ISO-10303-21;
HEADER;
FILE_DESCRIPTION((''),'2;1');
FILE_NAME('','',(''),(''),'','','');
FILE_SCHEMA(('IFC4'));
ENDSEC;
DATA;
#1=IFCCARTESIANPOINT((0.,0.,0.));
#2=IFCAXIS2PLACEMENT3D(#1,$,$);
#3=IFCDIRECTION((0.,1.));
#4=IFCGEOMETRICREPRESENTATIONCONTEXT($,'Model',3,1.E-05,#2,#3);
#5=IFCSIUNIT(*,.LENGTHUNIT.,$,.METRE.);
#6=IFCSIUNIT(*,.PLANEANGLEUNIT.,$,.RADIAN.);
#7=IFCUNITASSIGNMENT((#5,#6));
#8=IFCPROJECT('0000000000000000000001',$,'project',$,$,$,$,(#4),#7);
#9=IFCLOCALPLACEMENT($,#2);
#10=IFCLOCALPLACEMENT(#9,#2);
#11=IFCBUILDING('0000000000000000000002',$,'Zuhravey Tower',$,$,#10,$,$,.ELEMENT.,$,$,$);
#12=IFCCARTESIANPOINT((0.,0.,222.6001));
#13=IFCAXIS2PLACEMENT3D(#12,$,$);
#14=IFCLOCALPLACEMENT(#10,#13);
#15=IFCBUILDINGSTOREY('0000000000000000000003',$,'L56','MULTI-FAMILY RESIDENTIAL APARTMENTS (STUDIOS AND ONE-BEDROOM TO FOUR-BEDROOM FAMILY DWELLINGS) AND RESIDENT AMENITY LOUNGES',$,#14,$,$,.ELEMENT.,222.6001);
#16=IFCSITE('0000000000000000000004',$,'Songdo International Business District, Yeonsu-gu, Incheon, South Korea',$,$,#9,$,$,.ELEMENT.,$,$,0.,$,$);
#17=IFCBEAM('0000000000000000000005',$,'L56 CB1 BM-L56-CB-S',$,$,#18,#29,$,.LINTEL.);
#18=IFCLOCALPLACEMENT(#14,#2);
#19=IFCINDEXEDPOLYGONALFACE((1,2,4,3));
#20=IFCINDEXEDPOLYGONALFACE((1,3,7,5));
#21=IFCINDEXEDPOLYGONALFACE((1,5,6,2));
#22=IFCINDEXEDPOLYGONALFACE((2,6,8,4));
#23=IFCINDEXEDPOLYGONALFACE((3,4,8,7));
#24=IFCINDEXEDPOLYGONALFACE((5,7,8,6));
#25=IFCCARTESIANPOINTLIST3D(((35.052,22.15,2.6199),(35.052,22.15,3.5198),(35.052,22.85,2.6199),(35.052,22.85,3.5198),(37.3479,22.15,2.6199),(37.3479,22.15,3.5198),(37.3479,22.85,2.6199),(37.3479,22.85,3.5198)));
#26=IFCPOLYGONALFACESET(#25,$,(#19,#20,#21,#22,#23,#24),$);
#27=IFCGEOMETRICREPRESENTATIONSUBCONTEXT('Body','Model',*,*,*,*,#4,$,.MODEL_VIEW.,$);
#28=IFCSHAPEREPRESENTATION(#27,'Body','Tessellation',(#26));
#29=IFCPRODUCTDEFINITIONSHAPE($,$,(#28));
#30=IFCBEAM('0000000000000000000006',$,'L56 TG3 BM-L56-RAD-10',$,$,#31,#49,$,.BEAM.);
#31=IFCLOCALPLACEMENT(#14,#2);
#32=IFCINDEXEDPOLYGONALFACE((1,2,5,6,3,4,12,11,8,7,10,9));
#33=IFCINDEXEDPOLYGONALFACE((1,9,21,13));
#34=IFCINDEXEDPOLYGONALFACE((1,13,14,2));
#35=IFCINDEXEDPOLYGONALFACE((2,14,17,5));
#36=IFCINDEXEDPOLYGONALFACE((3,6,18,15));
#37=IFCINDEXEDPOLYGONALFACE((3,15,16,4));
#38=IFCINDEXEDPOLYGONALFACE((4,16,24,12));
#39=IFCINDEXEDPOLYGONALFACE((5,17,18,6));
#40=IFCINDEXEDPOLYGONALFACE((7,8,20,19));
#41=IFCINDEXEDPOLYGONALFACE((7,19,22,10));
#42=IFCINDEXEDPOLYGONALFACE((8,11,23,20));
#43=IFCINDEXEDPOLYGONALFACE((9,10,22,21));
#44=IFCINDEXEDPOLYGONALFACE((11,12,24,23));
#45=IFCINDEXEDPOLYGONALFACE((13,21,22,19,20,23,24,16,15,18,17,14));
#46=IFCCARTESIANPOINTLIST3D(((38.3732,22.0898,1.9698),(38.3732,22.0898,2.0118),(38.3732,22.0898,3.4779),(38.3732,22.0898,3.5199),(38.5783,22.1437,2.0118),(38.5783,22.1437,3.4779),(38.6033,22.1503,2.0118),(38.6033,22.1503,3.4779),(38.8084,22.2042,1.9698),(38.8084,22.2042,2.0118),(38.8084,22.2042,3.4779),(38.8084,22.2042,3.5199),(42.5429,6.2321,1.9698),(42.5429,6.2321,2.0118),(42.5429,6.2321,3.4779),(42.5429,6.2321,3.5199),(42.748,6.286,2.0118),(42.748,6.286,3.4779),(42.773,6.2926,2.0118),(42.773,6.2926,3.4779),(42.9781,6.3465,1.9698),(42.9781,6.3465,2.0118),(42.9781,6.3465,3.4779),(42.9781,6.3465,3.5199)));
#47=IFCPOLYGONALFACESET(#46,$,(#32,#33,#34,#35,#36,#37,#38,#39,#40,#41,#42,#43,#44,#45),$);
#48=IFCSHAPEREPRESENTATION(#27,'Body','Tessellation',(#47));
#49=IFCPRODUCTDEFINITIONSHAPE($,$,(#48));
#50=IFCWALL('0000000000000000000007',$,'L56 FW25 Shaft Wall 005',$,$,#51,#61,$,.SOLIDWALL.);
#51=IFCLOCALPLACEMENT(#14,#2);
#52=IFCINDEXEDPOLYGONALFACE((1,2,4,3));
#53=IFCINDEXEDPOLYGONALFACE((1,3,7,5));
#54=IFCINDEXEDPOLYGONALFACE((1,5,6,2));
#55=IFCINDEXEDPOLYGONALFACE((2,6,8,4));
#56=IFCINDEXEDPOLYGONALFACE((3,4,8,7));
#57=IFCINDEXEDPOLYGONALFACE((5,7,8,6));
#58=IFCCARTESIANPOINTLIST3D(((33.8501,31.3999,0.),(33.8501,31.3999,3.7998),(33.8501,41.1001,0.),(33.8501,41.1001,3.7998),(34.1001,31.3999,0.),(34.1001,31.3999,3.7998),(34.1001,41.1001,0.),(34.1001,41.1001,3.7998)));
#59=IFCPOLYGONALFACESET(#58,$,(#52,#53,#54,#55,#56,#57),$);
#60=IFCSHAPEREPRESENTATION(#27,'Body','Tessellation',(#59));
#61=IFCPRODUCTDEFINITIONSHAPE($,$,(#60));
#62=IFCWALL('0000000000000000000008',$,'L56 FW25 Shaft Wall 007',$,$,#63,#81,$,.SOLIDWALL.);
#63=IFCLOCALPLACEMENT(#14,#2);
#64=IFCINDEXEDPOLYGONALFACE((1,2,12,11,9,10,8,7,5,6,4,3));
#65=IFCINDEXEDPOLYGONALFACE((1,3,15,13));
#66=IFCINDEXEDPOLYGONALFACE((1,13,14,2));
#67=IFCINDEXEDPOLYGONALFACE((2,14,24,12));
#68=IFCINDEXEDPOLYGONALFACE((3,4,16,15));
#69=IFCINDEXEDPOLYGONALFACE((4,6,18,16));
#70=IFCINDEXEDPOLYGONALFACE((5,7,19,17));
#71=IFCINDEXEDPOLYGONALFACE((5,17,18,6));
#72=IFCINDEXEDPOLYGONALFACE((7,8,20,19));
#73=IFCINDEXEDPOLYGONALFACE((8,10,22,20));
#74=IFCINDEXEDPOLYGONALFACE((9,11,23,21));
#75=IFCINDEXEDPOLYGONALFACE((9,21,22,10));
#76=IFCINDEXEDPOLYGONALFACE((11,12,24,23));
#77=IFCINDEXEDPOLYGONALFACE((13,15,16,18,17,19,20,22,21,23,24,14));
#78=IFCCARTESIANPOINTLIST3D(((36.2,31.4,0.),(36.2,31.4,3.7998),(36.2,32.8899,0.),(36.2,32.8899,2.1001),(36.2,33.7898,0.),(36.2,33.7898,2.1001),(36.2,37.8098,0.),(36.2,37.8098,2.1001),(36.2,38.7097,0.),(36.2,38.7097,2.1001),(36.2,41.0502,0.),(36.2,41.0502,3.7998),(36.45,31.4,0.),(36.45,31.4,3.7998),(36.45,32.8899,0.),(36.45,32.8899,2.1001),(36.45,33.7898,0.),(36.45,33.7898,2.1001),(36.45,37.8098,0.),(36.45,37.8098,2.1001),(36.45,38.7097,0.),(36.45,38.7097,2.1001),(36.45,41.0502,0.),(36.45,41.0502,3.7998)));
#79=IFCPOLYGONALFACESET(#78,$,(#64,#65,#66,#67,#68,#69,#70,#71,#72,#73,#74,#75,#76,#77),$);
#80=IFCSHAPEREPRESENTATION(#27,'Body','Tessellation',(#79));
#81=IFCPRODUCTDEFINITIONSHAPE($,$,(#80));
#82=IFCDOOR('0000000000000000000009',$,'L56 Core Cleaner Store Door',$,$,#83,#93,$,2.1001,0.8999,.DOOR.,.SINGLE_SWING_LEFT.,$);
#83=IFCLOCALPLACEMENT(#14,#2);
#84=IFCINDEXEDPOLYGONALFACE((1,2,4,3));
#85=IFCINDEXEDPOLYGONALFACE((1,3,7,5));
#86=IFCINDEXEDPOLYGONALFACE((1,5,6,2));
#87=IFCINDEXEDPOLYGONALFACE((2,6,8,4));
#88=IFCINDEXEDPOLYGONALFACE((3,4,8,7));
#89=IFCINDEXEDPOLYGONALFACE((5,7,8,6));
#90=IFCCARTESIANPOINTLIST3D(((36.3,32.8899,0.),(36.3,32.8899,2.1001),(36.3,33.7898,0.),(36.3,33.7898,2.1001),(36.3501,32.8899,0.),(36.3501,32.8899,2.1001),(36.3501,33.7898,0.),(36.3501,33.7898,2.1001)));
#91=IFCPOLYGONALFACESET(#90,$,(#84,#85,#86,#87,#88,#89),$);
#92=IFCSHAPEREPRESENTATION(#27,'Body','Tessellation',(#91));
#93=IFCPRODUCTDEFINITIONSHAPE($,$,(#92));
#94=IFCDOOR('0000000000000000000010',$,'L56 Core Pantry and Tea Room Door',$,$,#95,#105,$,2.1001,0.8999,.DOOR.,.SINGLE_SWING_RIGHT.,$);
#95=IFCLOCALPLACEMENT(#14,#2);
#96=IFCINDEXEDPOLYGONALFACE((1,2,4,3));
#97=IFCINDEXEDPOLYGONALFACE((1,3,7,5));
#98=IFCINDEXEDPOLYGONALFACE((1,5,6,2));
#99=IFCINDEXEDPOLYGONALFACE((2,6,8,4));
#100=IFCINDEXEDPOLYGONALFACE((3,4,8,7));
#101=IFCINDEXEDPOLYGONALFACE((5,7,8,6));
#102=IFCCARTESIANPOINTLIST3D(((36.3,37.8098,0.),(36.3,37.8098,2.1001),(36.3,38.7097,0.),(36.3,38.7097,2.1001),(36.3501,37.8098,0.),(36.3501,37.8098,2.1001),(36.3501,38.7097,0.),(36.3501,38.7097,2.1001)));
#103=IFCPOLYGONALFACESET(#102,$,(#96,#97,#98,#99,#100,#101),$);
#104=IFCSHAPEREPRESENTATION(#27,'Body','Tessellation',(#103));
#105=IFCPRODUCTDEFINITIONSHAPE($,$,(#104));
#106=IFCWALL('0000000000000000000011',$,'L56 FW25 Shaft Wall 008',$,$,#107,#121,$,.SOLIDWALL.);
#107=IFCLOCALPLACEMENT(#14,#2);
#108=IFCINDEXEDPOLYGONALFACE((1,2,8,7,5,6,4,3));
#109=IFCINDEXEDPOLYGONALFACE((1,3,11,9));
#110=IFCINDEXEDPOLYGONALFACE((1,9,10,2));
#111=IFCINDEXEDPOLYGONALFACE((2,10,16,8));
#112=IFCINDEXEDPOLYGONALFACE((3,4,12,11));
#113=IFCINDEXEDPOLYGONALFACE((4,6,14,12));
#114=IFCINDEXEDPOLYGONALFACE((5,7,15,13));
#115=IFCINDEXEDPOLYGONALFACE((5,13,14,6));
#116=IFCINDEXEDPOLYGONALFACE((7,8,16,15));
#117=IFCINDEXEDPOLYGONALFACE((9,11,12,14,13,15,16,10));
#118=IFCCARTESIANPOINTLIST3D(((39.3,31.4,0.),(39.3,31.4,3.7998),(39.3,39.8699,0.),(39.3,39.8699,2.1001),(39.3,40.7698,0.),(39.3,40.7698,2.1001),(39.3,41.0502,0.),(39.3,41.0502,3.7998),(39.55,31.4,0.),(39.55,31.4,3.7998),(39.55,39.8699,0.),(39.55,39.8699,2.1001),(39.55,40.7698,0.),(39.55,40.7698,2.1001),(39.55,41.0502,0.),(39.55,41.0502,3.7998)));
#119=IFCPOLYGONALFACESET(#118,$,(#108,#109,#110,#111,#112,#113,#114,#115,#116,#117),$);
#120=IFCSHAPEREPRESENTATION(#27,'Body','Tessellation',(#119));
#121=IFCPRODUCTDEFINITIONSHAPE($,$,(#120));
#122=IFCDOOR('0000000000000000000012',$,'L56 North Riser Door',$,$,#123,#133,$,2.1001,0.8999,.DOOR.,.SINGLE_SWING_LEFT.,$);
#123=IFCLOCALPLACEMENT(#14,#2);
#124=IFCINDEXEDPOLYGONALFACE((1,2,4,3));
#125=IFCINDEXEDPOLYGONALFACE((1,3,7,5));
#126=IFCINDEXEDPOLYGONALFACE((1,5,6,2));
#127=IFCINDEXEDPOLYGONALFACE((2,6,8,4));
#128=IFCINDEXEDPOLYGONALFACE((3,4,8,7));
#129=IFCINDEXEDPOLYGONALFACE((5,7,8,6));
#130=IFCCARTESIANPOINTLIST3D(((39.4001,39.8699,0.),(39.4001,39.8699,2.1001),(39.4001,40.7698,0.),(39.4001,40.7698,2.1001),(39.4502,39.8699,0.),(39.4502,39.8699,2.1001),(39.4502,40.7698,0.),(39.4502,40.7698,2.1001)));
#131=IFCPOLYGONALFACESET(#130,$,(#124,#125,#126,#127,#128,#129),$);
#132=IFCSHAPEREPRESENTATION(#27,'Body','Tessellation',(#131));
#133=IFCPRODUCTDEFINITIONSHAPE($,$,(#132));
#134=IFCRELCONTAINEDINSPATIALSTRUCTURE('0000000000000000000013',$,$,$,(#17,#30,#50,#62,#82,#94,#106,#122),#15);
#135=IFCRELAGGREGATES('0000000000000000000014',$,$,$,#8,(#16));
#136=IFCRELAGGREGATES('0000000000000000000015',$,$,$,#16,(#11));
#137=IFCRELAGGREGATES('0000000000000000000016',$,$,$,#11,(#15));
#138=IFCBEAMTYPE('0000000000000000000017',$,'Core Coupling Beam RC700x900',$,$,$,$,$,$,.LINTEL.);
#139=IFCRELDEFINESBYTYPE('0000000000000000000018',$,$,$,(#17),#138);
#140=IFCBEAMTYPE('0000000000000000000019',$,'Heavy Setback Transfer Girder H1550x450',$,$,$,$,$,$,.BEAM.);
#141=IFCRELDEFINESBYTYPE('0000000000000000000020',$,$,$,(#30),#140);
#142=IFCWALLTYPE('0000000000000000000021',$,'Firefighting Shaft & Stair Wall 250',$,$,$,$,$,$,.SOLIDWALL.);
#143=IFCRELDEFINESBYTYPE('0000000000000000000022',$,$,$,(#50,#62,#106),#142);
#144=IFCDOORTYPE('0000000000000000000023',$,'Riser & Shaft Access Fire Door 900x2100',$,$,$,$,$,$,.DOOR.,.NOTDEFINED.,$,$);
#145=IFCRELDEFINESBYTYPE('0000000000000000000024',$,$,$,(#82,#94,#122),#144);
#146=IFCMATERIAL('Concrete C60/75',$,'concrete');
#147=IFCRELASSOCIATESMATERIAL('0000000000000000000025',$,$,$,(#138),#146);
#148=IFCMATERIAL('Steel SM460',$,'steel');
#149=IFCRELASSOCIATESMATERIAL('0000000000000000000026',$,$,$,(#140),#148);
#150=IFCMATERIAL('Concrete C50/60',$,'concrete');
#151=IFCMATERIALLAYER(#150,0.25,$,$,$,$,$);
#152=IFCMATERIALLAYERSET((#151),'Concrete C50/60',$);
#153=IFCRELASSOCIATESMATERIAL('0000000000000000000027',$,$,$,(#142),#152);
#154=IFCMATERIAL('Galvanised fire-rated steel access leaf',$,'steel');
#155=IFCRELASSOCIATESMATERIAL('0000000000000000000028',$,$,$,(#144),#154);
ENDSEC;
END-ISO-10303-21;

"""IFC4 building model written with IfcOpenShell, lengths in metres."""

from ifc_helpers import new_model, si_unit, direction, frame, frame_2d, origin, origin_2d, place, context, subcontext, project, spatial, rectangle, i_section, extrude, material, layer, layer_set, material_profile, profile_set, type_object, element, fill, save


model = new_model("IFC4")

# Units and contexts
model_context = context("Model", 3, precision=1e-05, world=origin(), true_north=direction((0.0, 1.0)))
body_context = subcontext(model_context, "Body", "Model", "MODEL_VIEW")
ifc_project = project(units=[si_unit("LENGTHUNIT", "METRE"), si_unit("PLANEANGLEUNIT", "RADIAN")], contexts=[model_context])

# Site, building, storey
site_placement = place(None, origin())
site = spatial("IfcSite", under=ifc_project, at=site_placement, Name="Songdo International Business District, Yeonsu-gu, Incheon, South Korea", CompositionType="ELEMENT", RefElevation=0.0)
building_placement = place(site_placement, origin())
building = spatial("IfcBuilding", under=site, at=building_placement, Name="Zuhravey Tower", CompositionType="ELEMENT")
storey_placement = place(building_placement, frame((0.0, 0.0, 222.6001)))
storey = spatial("IfcBuildingStorey", under=building, at=storey_placement, Name="L56", Description="MULTI-FAMILY RESIDENTIAL APARTMENTS (STUDIOS AND ONE-BEDROOM TO FOUR-BEDROOM FAMILY DWELLINGS) AND RESIDENT AMENITY LOUNGES", CompositionType="ELEMENT", Elevation=222.6001)

# Beams
ifc_material_1 = material(Name="Concrete C60/75", Category="concrete")
ifc_material_profile_1 = material_profile(ifc_material_1, rectangle(XDim=0.7, YDim=0.8999, at=origin_2d()), Name="RC-700x900")
ifc_profile_set_1 = profile_set([ifc_material_profile_1], Name="Concrete C60/75")
beam_type_1 = type_object("IfcBeamType", Name="Core Coupling Beam RC700x900", PredefinedType="LINTEL", material=ifc_profile_set_1)
beam_1_placement = place(storey_placement, frame((35.052, 22.5, 3.0698), z_axis=(1.0, 0.0, 0.0), x_axis=(0.0, 1.0, 0.0)))
element("IfcBeam", 1, at=beam_1_placement, inside=storey, type_object=beam_type_1, Name="L56 CB1 BM-L56-CB-S", PredefinedType="LINTEL", context=body_context, shape_type="SweptSolid", body=[
    extrude(rectangle(XDim=0.7, YDim=0.8999, at=origin_2d()), origin(), (0.0, 0.0, 1.0), 2.2959),
])
ifc_material_2 = material(Name="Steel SM460", Category="steel")
ifc_material_profile_2 = material_profile(ifc_material_2, i_section(OverallWidth=0.45, OverallDepth=1.55, WebThickness=0.0259, FlangeThickness=0.042, at=origin_2d()), Name="H-1550x450x26x42")
ifc_profile_set_2 = profile_set([ifc_material_profile_2], Name="Steel SM460")
beam_type_2 = type_object("IfcBeamType", Name="Heavy Setback Transfer Girder H1550x450", PredefinedType="BEAM", material=ifc_profile_set_2)
beam_2_placement = place(storey_placement, frame((38.5908, 22.147, 2.7449), z_axis=(0.2543, -0.967125, 0.0), x_axis=(0.967125, 0.2543, 0.0)))
element("IfcBeam", 2, at=beam_2_placement, inside=storey, type_object=beam_type_2, Name="L56 TG3 BM-L56-RAD-10", PredefinedType="BEAM", context=body_context, shape_type="SweptSolid", body=[
    extrude(i_section(OverallWidth=0.45, OverallDepth=1.55, WebThickness=0.0259, FlangeThickness=0.042, at=origin_2d()), origin(), (0.0, 0.0, 1.0), 16.3967),
])

# Shared definitions
ifc_material_3 = material(Name="Concrete C50/60", Category="concrete")
ifc_layer_1 = layer(ifc_material_3, 0.25)
ifc_layer_set_1 = layer_set([ifc_layer_1], Name="Concrete C50/60")
wall_type_1 = type_object("IfcWallType", Name="Firefighting Shaft & Stair Wall 250", PredefinedType="SOLIDWALL", material=ifc_layer_set_1)

# Wall
wall_1_placement = place(storey_placement, frame((33.9751, 31.3999, 0.0), z_axis=(0.0, 0.0, 1.0), x_axis=(0.0, 1.0, 0.0)))
element("IfcWall", 3, at=wall_1_placement, inside=storey, type_object=wall_type_1, Name="L56 FW25 Shaft Wall 005", PredefinedType="SOLIDWALL", context=body_context, shape_type="SweptSolid", body=[
    extrude(rectangle(XDim=9.7002, YDim=0.25, at=frame_2d((4.8501, 0.0))), origin(), (0.0, 0.0, 1.0), 3.7998),
])

# Wall, openings, doors
wall_2_placement = place(storey_placement, frame((36.325, 31.3999, 0.0), z_axis=(0.0, 0.0, 1.0), x_axis=(0.0, 1.0, 0.0)))
wall_2 = element("IfcWall", 4, at=wall_2_placement, inside=storey, type_object=wall_type_1, Name="L56 FW25 Shaft Wall 007", PredefinedType="SOLIDWALL", context=body_context, shape_type="SweptSolid", body=[
    extrude(rectangle(XDim=9.6501, YDim=0.25, at=frame_2d((4.8252, 0.0))), origin(), (0.0, 0.0, 1.0), 3.7998),
])
opening_1_placement = place(wall_2_placement, frame((1.49, 0.0, 0.0)))
opening_1 = element("IfcOpeningElement", 5, at=opening_1_placement, cuts=wall_2, PredefinedType="OPENING", context=body_context, shape_type="SweptSolid", body=[
    extrude(rectangle(XDim=0.8999, YDim=2.1001, at=frame_2d((0.45, 1.05))), frame((0.0, 0.137, 0.0), z_axis=(0.0, -1.0, 0.0), x_axis=(1.0, 0.0, 0.0)), (0.0, 0.0, 1.0), 0.2739),
])
opening_2_placement = place(wall_2_placement, frame((6.4099, 0.0, 0.0)))
opening_2 = element("IfcOpeningElement", 6, at=opening_2_placement, cuts=wall_2, PredefinedType="OPENING", context=body_context, shape_type="SweptSolid", body=[
    extrude(rectangle(XDim=0.8999, YDim=2.1001, at=frame_2d((0.45, 1.05))), frame((0.0, 0.137, 0.0), z_axis=(0.0, -1.0, 0.0), x_axis=(1.0, 0.0, 0.0)), (0.0, 0.0, 1.0), 0.2739),
])
ifc_material_4 = material(Name="Galvanised fire-rated steel access leaf", Category="steel")
door_type_1 = type_object("IfcDoorType", Name="Riser & Shaft Access Fire Door 900x2100", OperationType="NOTDEFINED", PredefinedType="DOOR", material=ifc_material_4)
door_1_placement = place(opening_1_placement, origin())
door_1 = element("IfcDoor", 7, at=door_1_placement, inside=storey, type_object=door_type_1, Name="L56 Core Cleaner Store Door", OperationType="SINGLE_SWING_LEFT", OverallHeight=2.1001, OverallWidth=0.8999, PredefinedType="DOOR", context=body_context, shape_type="SweptSolid", body=[
    extrude(rectangle(XDim=0.8999, YDim=2.1001, at=frame_2d((0.45, 1.05))), frame((0.0, 0.0249, 0.0), z_axis=(0.0, -1.0, 0.0), x_axis=(1.0, 0.0, 0.0)), (0.0, 0.0, 1.0), 0.05),
])
fill(opening_1, door_1)
door_2_placement = place(opening_2_placement, origin())
door_2 = element("IfcDoor", 8, at=door_2_placement, inside=storey, type_object=door_type_1, Name="L56 Core Pantry and Tea Room Door", OperationType="SINGLE_SWING_RIGHT", OverallHeight=2.1001, OverallWidth=0.8999, PredefinedType="DOOR", context=body_context, shape_type="SweptSolid", body=[
    extrude(rectangle(XDim=0.8999, YDim=2.1001, at=frame_2d((0.45, 1.05))), frame((0.0, 0.0249, 0.0), z_axis=(0.0, -1.0, 0.0), x_axis=(1.0, 0.0, 0.0)), (0.0, 0.0, 1.0), 0.05),
])
fill(opening_2, door_2)

# Wall, opening, door
wall_3_placement = place(storey_placement, frame((39.425, 31.3999, 0.0), z_axis=(0.0, 0.0, 1.0), x_axis=(0.0, 1.0, 0.0)))
wall_3 = element("IfcWall", 9, at=wall_3_placement, inside=storey, type_object=wall_type_1, Name="L56 FW25 Shaft Wall 008", PredefinedType="SOLIDWALL", context=body_context, shape_type="SweptSolid", body=[
    extrude(rectangle(XDim=9.6501, YDim=0.25, at=frame_2d((4.8252, 0.0))), origin(), (0.0, 0.0, 1.0), 3.7998),
])
opening_3_placement = place(wall_3_placement, frame((8.47, 0.0, 0.0)))
opening_3 = element("IfcOpeningElement", 10, at=opening_3_placement, cuts=wall_3, PredefinedType="OPENING", context=body_context, shape_type="SweptSolid", body=[
    extrude(rectangle(XDim=0.8999, YDim=2.1001, at=frame_2d((0.45, 1.05))), frame((0.0, 0.137, 0.0), z_axis=(0.0, -1.0, 0.0), x_axis=(1.0, 0.0, 0.0)), (0.0, 0.0, 1.0), 0.2739),
])
door_3_placement = place(opening_3_placement, origin())
door_3 = element("IfcDoor", 11, at=door_3_placement, inside=storey, type_object=door_type_1, Name="L56 North Riser Door", OperationType="SINGLE_SWING_LEFT", OverallHeight=2.1001, OverallWidth=0.8999, PredefinedType="DOOR", context=body_context, shape_type="SweptSolid", body=[
    extrude(rectangle(XDim=0.8999, YDim=2.1001, at=frame_2d((0.45, 1.05))), frame((0.0, 0.0249, 0.0), z_axis=(0.0, -1.0, 0.0), x_axis=(1.0, 0.0, 0.0)), (0.0, 0.0, 1.0), 0.05),
])
fill(opening_3, door_3)

save(model, "model.ifc")
